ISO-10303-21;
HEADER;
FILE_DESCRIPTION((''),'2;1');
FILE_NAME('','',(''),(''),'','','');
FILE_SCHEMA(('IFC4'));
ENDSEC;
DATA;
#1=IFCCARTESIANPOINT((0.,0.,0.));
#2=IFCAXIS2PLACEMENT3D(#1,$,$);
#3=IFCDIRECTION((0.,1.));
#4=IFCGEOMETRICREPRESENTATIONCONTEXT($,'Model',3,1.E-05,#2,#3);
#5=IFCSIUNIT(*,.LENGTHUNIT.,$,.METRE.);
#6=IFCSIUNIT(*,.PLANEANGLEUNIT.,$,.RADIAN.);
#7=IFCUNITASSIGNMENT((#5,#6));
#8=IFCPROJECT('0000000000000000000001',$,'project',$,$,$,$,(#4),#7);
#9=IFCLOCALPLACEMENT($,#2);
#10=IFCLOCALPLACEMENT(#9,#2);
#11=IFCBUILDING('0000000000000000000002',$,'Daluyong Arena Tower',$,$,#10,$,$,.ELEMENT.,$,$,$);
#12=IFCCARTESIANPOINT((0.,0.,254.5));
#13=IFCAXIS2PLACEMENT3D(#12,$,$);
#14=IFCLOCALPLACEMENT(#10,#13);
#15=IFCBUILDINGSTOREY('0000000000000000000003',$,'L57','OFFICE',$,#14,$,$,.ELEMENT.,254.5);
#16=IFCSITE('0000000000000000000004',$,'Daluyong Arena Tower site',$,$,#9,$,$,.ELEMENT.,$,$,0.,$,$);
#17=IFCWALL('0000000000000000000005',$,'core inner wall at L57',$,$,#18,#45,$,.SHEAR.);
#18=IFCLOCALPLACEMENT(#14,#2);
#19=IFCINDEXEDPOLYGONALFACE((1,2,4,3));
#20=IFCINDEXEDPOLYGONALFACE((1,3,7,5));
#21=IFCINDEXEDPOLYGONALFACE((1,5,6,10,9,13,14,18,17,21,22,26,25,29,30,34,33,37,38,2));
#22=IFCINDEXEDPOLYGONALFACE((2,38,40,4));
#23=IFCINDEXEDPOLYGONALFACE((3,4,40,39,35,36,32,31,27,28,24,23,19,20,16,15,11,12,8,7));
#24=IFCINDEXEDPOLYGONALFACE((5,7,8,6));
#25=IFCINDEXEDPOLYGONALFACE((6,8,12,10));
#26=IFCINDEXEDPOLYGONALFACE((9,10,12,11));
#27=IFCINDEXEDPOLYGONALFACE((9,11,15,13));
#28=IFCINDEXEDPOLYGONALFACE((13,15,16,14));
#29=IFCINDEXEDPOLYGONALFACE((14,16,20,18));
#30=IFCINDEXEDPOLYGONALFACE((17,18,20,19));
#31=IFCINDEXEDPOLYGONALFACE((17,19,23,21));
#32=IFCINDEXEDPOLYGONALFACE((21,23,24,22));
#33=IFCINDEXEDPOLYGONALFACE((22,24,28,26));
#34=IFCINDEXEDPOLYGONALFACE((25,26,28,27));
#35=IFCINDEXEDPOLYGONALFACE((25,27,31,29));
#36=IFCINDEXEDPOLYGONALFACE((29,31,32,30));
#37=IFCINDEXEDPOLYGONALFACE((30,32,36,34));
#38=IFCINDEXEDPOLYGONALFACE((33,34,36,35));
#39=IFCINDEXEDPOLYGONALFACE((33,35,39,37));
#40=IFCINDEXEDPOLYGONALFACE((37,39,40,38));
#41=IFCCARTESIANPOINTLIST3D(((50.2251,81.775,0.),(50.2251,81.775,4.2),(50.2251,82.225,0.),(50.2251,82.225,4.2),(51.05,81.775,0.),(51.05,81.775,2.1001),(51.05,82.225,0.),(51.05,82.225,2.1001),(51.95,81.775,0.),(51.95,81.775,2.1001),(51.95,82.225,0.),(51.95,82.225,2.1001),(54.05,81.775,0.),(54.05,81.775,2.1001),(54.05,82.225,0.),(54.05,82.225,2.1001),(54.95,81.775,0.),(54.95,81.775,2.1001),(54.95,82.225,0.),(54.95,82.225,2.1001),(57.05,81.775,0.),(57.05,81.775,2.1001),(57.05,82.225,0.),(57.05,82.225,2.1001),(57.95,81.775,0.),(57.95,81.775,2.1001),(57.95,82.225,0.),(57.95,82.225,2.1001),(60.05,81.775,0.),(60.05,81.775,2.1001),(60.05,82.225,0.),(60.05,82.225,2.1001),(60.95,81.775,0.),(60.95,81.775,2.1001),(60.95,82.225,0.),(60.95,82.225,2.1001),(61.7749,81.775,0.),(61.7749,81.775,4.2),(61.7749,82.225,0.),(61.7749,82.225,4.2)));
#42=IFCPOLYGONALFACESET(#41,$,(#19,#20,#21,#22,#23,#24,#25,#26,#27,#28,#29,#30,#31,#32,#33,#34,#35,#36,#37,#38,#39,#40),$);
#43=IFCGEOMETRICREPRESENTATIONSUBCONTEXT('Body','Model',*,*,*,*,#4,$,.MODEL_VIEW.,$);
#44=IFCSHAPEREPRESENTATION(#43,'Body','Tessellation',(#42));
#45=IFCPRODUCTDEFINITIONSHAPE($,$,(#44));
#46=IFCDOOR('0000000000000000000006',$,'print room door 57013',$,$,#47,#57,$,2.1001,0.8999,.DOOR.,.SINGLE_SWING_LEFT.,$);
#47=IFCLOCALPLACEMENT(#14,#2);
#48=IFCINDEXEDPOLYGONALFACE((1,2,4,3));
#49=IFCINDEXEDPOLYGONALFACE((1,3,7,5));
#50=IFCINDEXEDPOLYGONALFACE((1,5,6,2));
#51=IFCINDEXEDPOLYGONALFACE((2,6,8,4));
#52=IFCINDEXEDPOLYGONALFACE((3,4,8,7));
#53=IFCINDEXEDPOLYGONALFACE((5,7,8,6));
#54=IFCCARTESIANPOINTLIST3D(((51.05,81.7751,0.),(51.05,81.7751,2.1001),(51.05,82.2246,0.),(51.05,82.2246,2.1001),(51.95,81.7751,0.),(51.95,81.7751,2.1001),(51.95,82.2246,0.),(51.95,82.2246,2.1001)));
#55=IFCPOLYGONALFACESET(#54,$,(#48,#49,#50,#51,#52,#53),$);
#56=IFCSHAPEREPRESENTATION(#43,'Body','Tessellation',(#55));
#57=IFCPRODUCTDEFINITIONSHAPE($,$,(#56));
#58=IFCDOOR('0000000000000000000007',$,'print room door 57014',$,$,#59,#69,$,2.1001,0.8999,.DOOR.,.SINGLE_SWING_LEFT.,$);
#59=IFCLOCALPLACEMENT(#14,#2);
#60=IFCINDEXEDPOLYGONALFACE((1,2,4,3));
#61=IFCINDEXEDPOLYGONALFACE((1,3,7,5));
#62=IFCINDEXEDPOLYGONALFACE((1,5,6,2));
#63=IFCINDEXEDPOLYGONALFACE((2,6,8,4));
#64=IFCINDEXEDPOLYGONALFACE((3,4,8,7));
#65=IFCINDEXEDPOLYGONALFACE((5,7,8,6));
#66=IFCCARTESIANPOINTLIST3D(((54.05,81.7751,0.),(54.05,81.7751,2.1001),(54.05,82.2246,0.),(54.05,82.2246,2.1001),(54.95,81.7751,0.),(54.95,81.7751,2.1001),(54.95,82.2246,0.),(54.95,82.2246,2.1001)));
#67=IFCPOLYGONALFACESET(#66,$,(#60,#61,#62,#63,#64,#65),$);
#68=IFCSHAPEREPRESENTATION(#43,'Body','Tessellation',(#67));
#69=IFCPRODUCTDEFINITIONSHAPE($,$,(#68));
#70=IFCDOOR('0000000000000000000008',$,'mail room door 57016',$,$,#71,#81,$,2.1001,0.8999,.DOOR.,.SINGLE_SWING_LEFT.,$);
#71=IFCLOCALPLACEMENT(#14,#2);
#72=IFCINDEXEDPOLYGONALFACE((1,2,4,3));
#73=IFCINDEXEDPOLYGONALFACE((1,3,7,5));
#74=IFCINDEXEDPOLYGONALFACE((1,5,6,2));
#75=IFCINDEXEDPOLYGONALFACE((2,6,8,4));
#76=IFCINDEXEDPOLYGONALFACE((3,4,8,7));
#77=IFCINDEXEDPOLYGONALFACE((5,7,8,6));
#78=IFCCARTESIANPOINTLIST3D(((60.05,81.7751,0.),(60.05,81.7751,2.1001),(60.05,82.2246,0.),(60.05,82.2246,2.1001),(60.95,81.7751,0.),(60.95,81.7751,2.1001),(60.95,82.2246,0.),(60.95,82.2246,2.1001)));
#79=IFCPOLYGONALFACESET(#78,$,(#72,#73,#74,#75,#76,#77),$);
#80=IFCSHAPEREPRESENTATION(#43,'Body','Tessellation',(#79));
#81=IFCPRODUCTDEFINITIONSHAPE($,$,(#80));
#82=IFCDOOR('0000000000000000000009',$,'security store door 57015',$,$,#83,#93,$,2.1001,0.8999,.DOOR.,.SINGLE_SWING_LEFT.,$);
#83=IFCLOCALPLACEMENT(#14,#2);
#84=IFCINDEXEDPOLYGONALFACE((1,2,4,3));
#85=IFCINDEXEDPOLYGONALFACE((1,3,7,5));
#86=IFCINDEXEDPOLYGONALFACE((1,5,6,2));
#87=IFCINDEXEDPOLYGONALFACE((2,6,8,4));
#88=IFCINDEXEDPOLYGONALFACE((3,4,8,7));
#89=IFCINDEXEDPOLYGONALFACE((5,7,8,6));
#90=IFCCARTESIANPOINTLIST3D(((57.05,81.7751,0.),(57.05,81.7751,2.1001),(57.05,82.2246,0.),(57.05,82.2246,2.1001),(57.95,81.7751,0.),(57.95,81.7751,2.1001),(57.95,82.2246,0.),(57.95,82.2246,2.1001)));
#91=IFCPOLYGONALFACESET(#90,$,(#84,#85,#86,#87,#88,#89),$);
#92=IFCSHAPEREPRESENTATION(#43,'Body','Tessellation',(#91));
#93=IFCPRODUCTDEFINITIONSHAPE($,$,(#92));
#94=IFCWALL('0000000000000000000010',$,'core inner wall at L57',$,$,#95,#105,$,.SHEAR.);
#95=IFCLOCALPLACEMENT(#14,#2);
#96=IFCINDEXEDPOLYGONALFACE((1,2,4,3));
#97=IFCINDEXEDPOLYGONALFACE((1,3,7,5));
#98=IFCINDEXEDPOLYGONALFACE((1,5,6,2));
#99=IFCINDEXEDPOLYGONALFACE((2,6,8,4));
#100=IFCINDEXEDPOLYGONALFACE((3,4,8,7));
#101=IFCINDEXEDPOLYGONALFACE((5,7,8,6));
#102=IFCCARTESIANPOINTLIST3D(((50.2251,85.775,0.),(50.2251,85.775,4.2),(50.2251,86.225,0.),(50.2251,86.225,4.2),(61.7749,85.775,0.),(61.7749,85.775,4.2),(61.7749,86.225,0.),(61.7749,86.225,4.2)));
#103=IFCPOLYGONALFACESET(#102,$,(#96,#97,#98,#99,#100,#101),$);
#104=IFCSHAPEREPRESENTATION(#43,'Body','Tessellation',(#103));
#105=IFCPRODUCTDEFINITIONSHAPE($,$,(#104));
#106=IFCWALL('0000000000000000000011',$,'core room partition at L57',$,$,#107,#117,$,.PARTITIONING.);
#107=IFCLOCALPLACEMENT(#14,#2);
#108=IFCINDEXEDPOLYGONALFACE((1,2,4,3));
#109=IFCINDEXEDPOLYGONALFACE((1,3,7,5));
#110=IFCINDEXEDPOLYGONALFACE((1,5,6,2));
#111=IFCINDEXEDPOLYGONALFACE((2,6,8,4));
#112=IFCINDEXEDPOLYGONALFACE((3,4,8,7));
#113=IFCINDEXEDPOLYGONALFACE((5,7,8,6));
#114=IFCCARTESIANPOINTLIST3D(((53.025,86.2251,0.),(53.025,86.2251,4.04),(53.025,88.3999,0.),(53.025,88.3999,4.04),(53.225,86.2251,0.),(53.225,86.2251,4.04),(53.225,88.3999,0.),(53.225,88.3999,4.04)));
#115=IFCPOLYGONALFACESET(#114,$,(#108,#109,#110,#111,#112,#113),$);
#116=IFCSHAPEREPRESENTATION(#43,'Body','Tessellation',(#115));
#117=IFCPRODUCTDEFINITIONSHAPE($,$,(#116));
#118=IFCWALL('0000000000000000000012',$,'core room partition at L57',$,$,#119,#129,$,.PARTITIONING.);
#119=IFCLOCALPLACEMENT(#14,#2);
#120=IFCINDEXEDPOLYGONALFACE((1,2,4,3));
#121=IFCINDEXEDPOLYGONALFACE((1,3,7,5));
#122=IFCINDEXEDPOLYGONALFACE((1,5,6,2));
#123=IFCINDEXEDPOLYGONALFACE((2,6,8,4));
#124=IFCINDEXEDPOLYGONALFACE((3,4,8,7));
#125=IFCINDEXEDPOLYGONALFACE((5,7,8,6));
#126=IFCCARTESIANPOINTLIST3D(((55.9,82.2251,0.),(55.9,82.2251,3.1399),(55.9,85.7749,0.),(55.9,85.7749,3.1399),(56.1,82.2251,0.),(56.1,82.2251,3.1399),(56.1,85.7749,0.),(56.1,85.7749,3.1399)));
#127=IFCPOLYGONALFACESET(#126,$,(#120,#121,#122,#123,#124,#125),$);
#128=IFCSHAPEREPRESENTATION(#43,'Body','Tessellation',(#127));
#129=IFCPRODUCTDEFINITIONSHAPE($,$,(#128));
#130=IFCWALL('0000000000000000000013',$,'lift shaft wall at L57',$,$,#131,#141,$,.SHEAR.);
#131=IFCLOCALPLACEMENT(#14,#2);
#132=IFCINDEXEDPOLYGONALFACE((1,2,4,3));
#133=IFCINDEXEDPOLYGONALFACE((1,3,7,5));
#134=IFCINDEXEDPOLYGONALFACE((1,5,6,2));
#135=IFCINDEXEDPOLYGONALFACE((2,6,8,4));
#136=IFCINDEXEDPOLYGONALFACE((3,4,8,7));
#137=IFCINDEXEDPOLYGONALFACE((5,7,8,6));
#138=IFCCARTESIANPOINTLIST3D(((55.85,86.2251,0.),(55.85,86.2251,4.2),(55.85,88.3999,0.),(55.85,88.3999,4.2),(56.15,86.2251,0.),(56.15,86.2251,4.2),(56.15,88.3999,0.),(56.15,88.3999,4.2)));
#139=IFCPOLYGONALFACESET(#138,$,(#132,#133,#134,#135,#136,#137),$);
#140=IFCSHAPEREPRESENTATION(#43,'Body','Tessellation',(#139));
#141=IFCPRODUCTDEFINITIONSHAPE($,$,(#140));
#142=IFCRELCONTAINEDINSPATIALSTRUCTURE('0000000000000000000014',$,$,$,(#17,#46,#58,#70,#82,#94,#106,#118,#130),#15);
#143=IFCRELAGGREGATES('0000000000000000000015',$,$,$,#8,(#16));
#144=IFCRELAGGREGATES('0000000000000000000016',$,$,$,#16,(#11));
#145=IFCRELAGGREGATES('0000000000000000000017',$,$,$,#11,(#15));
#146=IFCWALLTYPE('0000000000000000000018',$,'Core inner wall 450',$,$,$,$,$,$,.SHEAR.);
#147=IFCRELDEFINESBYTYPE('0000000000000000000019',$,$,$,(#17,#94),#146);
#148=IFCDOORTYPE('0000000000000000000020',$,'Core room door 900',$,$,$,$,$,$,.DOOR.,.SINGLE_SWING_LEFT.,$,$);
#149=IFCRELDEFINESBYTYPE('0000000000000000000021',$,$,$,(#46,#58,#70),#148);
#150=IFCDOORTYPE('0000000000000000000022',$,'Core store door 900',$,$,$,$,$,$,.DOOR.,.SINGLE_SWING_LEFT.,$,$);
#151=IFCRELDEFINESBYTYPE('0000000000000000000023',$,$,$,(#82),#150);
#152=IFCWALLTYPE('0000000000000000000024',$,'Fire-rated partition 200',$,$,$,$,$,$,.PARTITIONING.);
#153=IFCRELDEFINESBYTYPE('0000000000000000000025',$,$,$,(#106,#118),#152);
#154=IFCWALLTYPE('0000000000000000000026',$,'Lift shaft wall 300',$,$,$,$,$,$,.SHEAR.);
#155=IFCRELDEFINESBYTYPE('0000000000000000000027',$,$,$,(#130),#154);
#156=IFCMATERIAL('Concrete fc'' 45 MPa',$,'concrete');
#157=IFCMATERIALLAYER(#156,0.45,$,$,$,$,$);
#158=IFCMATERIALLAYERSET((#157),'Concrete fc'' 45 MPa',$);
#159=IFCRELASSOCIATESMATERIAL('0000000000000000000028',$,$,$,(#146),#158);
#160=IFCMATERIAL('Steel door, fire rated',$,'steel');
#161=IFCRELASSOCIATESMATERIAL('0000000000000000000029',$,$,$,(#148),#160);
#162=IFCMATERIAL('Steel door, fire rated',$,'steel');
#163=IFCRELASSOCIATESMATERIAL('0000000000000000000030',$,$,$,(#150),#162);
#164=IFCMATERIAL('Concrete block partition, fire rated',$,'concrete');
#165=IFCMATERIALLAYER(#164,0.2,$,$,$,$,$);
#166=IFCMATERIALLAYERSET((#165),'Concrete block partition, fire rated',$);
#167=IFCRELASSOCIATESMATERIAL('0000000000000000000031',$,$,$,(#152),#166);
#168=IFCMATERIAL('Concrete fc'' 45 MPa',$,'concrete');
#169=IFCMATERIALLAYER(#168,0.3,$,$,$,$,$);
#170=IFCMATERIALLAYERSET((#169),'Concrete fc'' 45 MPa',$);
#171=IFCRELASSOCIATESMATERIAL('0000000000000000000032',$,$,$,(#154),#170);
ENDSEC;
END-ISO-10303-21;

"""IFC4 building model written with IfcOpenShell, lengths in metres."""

from ifc_helpers import new_model, si_unit, direction, frame, frame_2d, origin, place, context, subcontext, project, spatial, rectangle, extrude, material, layer, layer_set, type_object, element, fill, save


model = new_model("IFC4")

# Units and contexts
model_context = context("Model", 3, precision=1e-05, world=origin(), true_north=direction((0.0, 1.0)))
body_context = subcontext(model_context, "Body", "Model", "MODEL_VIEW")
ifc_project = project(units=[si_unit("LENGTHUNIT", "METRE"), si_unit("PLANEANGLEUNIT", "RADIAN")], contexts=[model_context])

# Site, building, storey
site_placement = place(None, origin())
site = spatial("IfcSite", under=ifc_project, at=site_placement, Name="Daluyong Arena Tower site", CompositionType="ELEMENT", RefElevation=0.0)
building_placement = place(site_placement, origin())
building = spatial("IfcBuilding", under=site, at=building_placement, Name="Daluyong Arena Tower", CompositionType="ELEMENT")
storey_placement = place(building_placement, frame((0.0, 0.0, 254.5)))
storey = spatial("IfcBuildingStorey", under=building, at=storey_placement, Name="L57", Description="OFFICE", CompositionType="ELEMENT", Elevation=254.5)

# Wall, openings, doors
ifc_material_1 = material(Name="Concrete fc' 45 MPa", Category="concrete")
ifc_layer_1 = layer(ifc_material_1, 0.45)
ifc_layer_set_1 = layer_set([ifc_layer_1], Name="Concrete fc' 45 MPa")
wall_type_1 = type_object("IfcWallType", Name="Core inner wall 450", PredefinedType="SHEAR", material=ifc_layer_set_1)
ifc_material_2 = material(Name="Steel door, fire rated", Category="steel")
door_type_1 = type_object("IfcDoorType", Name="Core room door 900", OperationType="SINGLE_SWING_LEFT", PredefinedType="DOOR", material=ifc_material_2)
ifc_material_3 = material(Name="Steel door, fire rated", Category="steel")
door_type_2 = type_object("IfcDoorType", Name="Core store door 900", OperationType="SINGLE_SWING_LEFT", PredefinedType="DOOR", material=ifc_material_3)
wall_1_placement = place(storey_placement, frame((50.2251, 82.0, 0.0), z_axis=(0.0, 0.0, 1.0), x_axis=(1.0, 0.0, 0.0)))
wall_1 = element("IfcWall", 1, at=wall_1_placement, inside=storey, type_object=wall_type_1, Name="core inner wall at L57", PredefinedType="SHEAR", context=body_context, shape_type="SweptSolid", body=[
    extrude(rectangle(XDim=11.5498, YDim=0.45, at=frame_2d((5.7749, 0.0))), origin(), (0.0, 0.0, 1.0), 4.2),
])
opening_1_placement = place(wall_1_placement, frame((0.825, 0.0, 0.0)))
opening_1 = element("IfcOpeningElement", 2, at=opening_1_placement, cuts=wall_1, PredefinedType="OPENING", context=body_context, shape_type="SweptSolid", body=[
    extrude(rectangle(XDim=0.8999, YDim=2.1001, at=frame_2d((0.45, 1.05))), frame((0.0, 0.2349, 0.0), z_axis=(0.0, -1.0, 0.0), x_axis=(1.0, 0.0, 0.0)), (0.0, 0.0, 1.0), 0.47),
])
opening_2_placement = place(wall_1_placement, frame((3.825, 0.0, 0.0)))
opening_2 = element("IfcOpeningElement", 3, at=opening_2_placement, cuts=wall_1, PredefinedType="OPENING", context=body_context, shape_type="SweptSolid", body=[
    extrude(rectangle(XDim=0.8999, YDim=2.1001, at=frame_2d((0.45, 1.05))), frame((0.0, 0.2349, 0.0), z_axis=(0.0, -1.0, 0.0), x_axis=(1.0, 0.0, 0.0)), (0.0, 0.0, 1.0), 0.47),
])
opening_3_placement = place(wall_1_placement, frame((6.825, 0.0, 0.0)))
opening_3 = element("IfcOpeningElement", 4, at=opening_3_placement, cuts=wall_1, PredefinedType="OPENING", context=body_context, shape_type="SweptSolid", body=[
    extrude(rectangle(XDim=0.8999, YDim=2.1001, at=frame_2d((0.45, 1.05))), frame((0.0, 0.2349, 0.0), z_axis=(0.0, -1.0, 0.0), x_axis=(1.0, 0.0, 0.0)), (0.0, 0.0, 1.0), 0.47),
])
opening_4_placement = place(wall_1_placement, frame((9.825, 0.0, 0.0)))
opening_4 = element("IfcOpeningElement", 5, at=opening_4_placement, cuts=wall_1, PredefinedType="OPENING", context=body_context, shape_type="SweptSolid", body=[
    extrude(rectangle(XDim=0.8999, YDim=2.1001, at=frame_2d((0.45, 1.05))), frame((0.0, 0.2349, 0.0), z_axis=(0.0, -1.0, 0.0), x_axis=(1.0, 0.0, 0.0)), (0.0, 0.0, 1.0), 0.47),
])
door_1_placement = place(opening_1_placement, origin())
door_1 = element("IfcDoor", 6, at=door_1_placement, inside=storey, type_object=door_type_1, Name="print room door 57013", OperationType="SINGLE_SWING_LEFT", OverallHeight=2.1001, OverallWidth=0.8999, PredefinedType="DOOR", context=body_context, shape_type="SweptSolid", body=[
    extrude(rectangle(XDim=0.8999, YDim=2.1001, at=frame_2d((0.45, 1.05))), frame((0.0, 0.2246, 0.0), z_axis=(0.0, -1.0, 0.0), x_axis=(1.0, 0.0, 0.0)), (0.0, 0.0, 1.0), 0.4495),
])
fill(opening_1, door_1)
door_2_placement = place(opening_2_placement, origin())
door_2 = element("IfcDoor", 7, at=door_2_placement, inside=storey, type_object=door_type_1, Name="print room door 57014", OperationType="SINGLE_SWING_LEFT", OverallHeight=2.1001, OverallWidth=0.8999, PredefinedType="DOOR", context=body_context, shape_type="SweptSolid", body=[
    extrude(rectangle(XDim=0.8999, YDim=2.1001, at=frame_2d((0.45, 1.05))), frame((0.0, 0.2246, 0.0), z_axis=(0.0, -1.0, 0.0), x_axis=(1.0, 0.0, 0.0)), (0.0, 0.0, 1.0), 0.4495),
])
fill(opening_2, door_2)
door_3_placement = place(opening_4_placement, origin())
door_3 = element("IfcDoor", 8, at=door_3_placement, inside=storey, type_object=door_type_1, Name="mail room door 57016", OperationType="SINGLE_SWING_LEFT", OverallHeight=2.1001, OverallWidth=0.8999, PredefinedType="DOOR", context=body_context, shape_type="SweptSolid", body=[
    extrude(rectangle(XDim=0.8999, YDim=2.1001, at=frame_2d((0.45, 1.05))), frame((0.0, 0.2246, 0.0), z_axis=(0.0, -1.0, 0.0), x_axis=(1.0, 0.0, 0.0)), (0.0, 0.0, 1.0), 0.4495),
])
fill(opening_4, door_3)
door_4_placement = place(opening_3_placement, origin())
door_4 = element("IfcDoor", 9, at=door_4_placement, inside=storey, type_object=door_type_2, Name="security store door 57015", OperationType="SINGLE_SWING_LEFT", OverallHeight=2.1001, OverallWidth=0.8999, PredefinedType="DOOR", context=body_context, shape_type="SweptSolid", body=[
    extrude(rectangle(XDim=0.8999, YDim=2.1001, at=frame_2d((0.45, 1.05))), frame((0.0, 0.2246, 0.0), z_axis=(0.0, -1.0, 0.0), x_axis=(1.0, 0.0, 0.0)), (0.0, 0.0, 1.0), 0.4495),
])
fill(opening_3, door_4)

# Walls
wall_2_placement = place(storey_placement, frame((50.2251, 86.0, 0.0), z_axis=(0.0, 0.0, 1.0), x_axis=(1.0, 0.0, 0.0)))
element("IfcWall", 10, at=wall_2_placement, inside=storey, type_object=wall_type_1, Name="core inner wall at L57", PredefinedType="SHEAR", context=body_context, shape_type="SweptSolid", body=[
    extrude(rectangle(XDim=11.5498, YDim=0.45, at=frame_2d((5.7749, 0.0))), origin(), (0.0, 0.0, 1.0), 4.2),
])
ifc_material_4 = material(Name="Concrete block partition, fire rated", Category="concrete")
ifc_layer_2 = layer(ifc_material_4, 0.2)
ifc_layer_set_2 = layer_set([ifc_layer_2], Name="Concrete block partition, fire rated")
wall_type_2 = type_object("IfcWallType", Name="Fire-rated partition 200", PredefinedType="PARTITIONING", material=ifc_layer_set_2)
wall_3_placement = place(storey_placement, frame((53.125, 86.2251, 0.0), z_axis=(0.0, 0.0, 1.0), x_axis=(0.0, 1.0, 0.0)))
element("IfcWall", 11, at=wall_3_placement, inside=storey, type_object=wall_type_2, Name="core room partition at L57", PredefinedType="PARTITIONING", context=body_context, shape_type="SweptSolid", body=[
    extrude(rectangle(XDim=2.1748, YDim=0.2, at=frame_2d((1.0874, 0.0))), origin(), (0.0, 0.0, 1.0), 4.04),
])
wall_4_placement = place(storey_placement, frame((56.0, 82.2251, 0.0), z_axis=(0.0, 0.0, 1.0), x_axis=(0.0, 1.0, 0.0)))
element("IfcWall", 12, at=wall_4_placement, inside=storey, type_object=wall_type_2, Name="core room partition at L57", PredefinedType="PARTITIONING", context=body_context, shape_type="SweptSolid", body=[
    extrude(rectangle(XDim=3.5498, YDim=0.2, at=frame_2d((1.7749, 0.0))), origin(), (0.0, 0.0, 1.0), 3.1399),
])
ifc_material_5 = material(Name="Concrete fc' 45 MPa", Category="concrete")
ifc_layer_3 = layer(ifc_material_5, 0.3)
ifc_layer_set_3 = layer_set([ifc_layer_3], Name="Concrete fc' 45 MPa")
wall_type_3 = type_object("IfcWallType", Name="Lift shaft wall 300", PredefinedType="SHEAR", material=ifc_layer_set_3)
wall_5_placement = place(storey_placement, frame((56.0, 86.2251, 0.0), z_axis=(0.0, 0.0, 1.0), x_axis=(0.0, 1.0, 0.0)))
element("IfcWall", 13, at=wall_5_placement, inside=storey, type_object=wall_type_3, Name="lift shaft wall at L57", PredefinedType="SHEAR", context=body_context, shape_type="SweptSolid", body=[
    extrude(rectangle(XDim=2.1748, YDim=0.3, at=frame_2d((1.0874, 0.0))), origin(), (0.0, 0.0, 1.0), 4.2),
])

save(model, "model.ifc")
